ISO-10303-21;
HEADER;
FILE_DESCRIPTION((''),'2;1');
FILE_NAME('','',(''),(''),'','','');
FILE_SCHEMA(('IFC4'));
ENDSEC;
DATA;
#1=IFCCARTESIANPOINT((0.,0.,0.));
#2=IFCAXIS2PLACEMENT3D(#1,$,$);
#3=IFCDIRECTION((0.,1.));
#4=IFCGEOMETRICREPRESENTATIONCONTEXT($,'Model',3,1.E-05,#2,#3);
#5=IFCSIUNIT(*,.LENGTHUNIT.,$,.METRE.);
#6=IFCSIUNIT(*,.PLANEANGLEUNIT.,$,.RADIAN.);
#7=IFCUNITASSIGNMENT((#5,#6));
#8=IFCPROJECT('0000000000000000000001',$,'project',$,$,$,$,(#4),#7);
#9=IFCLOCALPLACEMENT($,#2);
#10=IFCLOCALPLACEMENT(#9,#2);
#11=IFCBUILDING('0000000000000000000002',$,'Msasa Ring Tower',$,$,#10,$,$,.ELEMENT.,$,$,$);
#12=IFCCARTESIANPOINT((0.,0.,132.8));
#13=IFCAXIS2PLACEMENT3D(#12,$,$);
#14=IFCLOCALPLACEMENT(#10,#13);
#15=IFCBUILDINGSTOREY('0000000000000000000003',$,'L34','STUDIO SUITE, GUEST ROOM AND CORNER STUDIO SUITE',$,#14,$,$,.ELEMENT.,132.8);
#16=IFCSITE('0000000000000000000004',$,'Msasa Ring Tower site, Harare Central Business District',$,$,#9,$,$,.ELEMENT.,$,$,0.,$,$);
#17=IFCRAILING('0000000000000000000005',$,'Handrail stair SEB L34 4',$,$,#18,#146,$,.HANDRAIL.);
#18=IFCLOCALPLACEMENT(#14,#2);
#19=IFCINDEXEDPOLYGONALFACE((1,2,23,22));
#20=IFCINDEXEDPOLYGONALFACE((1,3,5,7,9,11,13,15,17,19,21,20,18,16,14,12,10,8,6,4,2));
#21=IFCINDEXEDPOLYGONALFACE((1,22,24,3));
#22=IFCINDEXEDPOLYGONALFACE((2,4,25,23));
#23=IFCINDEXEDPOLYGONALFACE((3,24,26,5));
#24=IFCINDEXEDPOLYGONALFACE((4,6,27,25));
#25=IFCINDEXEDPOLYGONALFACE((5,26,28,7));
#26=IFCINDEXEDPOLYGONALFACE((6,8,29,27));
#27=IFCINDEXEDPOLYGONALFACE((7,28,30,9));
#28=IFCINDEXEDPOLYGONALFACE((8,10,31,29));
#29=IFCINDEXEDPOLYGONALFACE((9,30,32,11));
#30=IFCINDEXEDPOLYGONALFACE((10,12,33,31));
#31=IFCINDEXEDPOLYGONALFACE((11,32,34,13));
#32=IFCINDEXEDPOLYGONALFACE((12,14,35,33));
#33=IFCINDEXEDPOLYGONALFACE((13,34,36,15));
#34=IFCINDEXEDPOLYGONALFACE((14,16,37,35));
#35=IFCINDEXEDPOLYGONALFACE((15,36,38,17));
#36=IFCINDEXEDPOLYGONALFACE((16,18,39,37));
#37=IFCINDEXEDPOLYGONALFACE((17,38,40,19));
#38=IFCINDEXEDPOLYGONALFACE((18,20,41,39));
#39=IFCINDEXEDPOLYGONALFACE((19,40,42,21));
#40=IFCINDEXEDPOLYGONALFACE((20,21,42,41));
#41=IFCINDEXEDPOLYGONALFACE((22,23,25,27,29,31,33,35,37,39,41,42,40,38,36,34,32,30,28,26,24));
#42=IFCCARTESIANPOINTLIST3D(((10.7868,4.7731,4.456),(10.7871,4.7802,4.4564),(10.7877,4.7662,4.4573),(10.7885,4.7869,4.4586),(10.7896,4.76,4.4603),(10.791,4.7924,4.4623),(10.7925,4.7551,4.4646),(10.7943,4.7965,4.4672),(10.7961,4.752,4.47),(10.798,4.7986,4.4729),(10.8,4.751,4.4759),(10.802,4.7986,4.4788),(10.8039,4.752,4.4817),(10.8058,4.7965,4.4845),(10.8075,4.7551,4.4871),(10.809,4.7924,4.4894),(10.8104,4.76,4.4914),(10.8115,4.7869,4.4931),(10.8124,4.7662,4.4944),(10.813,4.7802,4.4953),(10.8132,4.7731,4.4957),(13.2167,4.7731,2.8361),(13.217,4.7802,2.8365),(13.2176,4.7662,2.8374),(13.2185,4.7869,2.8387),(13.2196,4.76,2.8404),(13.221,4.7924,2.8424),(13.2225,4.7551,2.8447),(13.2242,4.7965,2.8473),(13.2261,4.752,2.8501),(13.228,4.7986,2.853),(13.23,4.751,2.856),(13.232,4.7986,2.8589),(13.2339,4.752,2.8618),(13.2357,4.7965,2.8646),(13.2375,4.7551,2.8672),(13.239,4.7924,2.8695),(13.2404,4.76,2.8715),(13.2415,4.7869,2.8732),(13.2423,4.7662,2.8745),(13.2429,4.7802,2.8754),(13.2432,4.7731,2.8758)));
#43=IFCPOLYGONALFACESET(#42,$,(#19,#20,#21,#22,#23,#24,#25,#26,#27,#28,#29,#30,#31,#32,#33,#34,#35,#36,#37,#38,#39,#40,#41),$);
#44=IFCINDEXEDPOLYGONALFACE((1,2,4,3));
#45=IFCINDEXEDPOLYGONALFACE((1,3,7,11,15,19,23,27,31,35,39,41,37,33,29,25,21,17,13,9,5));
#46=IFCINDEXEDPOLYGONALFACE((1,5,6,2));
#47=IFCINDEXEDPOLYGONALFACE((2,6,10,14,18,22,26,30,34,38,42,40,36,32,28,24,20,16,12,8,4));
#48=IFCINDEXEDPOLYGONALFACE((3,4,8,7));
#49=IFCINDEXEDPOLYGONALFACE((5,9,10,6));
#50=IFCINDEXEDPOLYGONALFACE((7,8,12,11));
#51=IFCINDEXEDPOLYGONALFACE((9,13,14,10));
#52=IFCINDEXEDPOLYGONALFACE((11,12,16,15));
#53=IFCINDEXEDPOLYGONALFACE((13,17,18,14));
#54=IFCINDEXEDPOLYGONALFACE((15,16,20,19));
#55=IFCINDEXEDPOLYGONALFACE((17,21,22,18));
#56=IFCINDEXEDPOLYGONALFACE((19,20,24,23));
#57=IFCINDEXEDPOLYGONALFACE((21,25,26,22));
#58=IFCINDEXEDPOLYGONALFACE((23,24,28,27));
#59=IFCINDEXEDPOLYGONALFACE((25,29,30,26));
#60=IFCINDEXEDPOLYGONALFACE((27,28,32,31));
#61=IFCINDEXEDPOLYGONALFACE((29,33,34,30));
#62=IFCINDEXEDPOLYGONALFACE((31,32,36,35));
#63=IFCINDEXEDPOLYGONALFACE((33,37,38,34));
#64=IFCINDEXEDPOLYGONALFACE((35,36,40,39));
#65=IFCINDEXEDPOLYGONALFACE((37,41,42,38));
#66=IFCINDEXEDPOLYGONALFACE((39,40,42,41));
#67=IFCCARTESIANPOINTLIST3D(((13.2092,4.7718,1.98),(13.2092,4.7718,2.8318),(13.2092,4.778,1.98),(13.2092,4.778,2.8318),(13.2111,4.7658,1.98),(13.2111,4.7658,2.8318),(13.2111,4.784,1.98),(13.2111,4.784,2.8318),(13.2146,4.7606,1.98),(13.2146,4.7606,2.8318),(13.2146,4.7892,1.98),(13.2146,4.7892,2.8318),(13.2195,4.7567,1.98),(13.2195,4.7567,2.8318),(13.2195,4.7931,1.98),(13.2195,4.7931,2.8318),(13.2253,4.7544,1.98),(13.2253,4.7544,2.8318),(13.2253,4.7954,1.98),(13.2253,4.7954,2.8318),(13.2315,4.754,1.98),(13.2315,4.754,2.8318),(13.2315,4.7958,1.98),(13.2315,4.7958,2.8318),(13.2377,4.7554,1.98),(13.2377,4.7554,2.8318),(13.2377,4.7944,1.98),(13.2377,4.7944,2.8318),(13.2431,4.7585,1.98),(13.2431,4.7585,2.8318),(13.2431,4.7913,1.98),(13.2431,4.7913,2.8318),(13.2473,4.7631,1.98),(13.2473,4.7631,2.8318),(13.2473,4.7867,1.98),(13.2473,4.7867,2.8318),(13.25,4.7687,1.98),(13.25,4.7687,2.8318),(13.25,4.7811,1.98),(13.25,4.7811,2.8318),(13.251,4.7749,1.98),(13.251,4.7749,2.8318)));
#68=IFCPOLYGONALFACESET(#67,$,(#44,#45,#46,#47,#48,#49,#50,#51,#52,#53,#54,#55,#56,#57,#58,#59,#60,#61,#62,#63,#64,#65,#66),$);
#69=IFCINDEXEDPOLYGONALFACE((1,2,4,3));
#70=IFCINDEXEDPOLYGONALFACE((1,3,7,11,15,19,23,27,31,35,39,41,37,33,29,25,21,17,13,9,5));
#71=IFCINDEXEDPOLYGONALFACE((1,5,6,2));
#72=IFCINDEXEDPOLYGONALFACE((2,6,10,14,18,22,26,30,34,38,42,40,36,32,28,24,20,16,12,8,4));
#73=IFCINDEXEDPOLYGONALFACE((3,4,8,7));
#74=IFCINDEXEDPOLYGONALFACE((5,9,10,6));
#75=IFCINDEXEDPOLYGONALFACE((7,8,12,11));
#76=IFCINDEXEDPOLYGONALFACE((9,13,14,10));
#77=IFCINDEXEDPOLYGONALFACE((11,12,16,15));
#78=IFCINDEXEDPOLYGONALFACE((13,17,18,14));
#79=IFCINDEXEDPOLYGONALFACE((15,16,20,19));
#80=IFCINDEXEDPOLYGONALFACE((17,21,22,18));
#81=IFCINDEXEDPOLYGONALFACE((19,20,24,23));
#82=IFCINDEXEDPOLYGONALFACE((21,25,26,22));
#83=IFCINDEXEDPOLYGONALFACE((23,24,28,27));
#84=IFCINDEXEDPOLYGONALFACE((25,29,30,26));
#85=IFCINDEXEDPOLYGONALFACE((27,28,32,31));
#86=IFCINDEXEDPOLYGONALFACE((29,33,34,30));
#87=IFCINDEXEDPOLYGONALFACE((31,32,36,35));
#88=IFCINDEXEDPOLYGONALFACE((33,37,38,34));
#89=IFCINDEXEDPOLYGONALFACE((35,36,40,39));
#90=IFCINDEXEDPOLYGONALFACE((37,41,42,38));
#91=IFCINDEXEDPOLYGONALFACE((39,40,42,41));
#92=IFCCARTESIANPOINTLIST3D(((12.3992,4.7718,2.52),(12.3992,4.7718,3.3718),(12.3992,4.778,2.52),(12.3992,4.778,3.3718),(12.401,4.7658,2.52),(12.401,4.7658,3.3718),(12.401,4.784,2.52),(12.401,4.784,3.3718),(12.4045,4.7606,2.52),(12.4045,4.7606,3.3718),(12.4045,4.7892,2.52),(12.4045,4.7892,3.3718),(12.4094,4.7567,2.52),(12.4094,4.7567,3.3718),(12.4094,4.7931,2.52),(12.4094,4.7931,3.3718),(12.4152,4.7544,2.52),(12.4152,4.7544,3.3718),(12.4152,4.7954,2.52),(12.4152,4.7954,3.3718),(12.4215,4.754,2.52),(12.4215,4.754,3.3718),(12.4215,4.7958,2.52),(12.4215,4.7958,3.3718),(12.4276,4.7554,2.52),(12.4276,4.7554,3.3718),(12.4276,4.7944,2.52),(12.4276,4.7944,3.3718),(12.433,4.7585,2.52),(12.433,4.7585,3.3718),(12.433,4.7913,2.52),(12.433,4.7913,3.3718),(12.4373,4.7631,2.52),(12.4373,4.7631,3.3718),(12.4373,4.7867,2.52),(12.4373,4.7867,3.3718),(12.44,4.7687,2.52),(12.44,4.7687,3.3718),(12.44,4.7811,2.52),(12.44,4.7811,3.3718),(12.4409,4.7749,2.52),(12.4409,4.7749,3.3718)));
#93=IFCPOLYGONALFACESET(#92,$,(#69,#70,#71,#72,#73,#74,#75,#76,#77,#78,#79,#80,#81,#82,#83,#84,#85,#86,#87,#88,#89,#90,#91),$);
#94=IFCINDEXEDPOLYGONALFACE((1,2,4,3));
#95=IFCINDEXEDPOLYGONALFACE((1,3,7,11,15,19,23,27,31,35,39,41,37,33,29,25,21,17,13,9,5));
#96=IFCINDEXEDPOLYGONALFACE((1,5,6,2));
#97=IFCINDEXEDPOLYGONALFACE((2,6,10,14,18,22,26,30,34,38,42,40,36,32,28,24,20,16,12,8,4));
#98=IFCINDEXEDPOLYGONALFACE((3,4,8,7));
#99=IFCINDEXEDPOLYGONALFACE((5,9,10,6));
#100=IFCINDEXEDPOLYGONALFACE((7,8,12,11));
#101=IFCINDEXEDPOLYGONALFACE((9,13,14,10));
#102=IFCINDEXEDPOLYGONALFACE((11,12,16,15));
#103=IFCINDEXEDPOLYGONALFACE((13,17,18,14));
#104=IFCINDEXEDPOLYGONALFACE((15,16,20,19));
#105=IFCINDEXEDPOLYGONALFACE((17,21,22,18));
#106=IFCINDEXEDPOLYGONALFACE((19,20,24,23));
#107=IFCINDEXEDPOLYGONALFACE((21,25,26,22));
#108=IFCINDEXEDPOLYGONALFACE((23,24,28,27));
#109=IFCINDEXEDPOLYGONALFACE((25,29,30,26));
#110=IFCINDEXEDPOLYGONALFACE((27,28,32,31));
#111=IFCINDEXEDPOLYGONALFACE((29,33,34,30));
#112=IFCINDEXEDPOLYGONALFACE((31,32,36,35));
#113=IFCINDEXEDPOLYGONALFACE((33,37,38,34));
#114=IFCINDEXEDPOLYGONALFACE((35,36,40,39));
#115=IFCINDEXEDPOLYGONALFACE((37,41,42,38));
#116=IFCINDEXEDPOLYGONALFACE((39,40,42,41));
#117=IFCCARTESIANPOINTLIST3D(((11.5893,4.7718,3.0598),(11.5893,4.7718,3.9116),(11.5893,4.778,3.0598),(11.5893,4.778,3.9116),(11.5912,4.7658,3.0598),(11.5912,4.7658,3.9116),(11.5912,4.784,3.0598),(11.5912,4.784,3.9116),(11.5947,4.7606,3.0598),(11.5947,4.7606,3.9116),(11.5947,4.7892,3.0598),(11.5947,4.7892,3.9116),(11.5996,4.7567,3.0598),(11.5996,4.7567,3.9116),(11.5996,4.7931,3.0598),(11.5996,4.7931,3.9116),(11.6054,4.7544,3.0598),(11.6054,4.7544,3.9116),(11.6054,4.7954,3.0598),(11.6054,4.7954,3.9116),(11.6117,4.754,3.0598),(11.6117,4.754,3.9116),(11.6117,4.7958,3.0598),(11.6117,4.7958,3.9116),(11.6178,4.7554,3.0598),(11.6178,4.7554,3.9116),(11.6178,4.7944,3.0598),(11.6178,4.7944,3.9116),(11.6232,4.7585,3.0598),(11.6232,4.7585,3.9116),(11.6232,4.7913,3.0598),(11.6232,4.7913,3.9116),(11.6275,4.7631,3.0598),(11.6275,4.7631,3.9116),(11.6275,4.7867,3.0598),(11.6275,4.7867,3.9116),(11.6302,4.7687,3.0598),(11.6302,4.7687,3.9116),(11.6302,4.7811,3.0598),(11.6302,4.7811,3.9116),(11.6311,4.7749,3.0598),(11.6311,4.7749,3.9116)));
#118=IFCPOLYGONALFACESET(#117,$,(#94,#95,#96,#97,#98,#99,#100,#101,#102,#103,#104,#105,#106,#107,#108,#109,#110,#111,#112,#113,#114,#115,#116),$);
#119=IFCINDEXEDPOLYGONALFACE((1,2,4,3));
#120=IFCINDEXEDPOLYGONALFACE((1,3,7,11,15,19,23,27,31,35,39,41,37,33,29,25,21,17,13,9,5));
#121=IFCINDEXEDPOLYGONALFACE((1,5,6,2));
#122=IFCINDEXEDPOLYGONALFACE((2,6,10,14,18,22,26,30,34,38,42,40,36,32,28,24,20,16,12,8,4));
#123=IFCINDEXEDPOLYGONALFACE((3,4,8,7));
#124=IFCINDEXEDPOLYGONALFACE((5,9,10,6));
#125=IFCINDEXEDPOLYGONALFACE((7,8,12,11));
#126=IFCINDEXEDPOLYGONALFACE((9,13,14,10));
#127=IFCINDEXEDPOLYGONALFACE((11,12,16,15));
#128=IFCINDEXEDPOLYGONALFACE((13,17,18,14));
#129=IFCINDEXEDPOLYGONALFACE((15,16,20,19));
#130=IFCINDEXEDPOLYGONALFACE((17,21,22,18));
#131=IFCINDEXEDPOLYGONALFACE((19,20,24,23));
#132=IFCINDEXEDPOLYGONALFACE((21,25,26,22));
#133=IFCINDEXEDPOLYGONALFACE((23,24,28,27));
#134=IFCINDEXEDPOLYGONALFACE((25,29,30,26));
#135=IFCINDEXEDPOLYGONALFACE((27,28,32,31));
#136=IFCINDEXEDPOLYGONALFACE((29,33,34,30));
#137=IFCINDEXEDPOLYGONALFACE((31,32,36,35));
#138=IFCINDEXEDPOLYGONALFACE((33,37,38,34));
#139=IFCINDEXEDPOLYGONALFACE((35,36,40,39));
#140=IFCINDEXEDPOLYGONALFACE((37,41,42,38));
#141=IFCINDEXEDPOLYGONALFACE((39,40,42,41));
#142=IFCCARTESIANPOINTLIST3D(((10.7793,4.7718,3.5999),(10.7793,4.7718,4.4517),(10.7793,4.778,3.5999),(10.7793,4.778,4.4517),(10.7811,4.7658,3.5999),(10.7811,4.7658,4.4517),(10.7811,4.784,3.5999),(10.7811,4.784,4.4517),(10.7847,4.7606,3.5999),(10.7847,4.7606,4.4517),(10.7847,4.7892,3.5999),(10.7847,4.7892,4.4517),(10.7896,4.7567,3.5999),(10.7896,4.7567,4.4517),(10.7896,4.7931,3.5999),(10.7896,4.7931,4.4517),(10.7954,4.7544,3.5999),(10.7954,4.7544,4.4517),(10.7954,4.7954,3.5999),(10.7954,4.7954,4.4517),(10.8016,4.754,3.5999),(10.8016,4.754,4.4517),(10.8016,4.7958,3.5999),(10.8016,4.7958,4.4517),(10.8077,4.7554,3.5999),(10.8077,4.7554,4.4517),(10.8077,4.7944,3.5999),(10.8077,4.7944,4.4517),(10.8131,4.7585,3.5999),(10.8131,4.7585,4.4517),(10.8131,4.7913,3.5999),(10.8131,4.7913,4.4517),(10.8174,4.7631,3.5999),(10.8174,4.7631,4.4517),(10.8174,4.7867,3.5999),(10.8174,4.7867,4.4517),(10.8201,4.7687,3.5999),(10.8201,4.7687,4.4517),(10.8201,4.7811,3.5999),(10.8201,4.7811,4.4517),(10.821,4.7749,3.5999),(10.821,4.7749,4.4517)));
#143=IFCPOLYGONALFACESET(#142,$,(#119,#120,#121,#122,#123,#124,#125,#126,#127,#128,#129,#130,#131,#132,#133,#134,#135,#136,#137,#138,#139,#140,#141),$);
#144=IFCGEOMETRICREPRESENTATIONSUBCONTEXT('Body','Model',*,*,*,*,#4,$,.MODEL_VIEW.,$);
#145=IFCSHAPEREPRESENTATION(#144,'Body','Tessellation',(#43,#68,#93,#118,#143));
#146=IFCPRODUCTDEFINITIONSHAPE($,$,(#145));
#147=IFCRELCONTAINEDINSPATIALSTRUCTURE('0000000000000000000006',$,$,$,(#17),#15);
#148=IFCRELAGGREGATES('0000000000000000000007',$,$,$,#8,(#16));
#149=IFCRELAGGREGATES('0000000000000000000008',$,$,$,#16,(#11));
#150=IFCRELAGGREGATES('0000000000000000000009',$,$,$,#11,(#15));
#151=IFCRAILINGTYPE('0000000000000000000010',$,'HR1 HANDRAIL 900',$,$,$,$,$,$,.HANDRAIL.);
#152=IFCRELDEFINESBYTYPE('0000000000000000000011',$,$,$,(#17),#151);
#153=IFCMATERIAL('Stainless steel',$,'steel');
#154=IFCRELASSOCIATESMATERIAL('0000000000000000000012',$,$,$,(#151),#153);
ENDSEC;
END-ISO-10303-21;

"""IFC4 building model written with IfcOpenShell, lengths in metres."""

from ifc_helpers import new_model, si_unit, direction, frame, origin, origin_2d, place, context, subcontext, project, spatial, circle, extrude, material, type_object, element, save


model = new_model("IFC4")

# Units and contexts
model_context = context("Model", 3, precision=1e-05, world=origin(), true_north=direction((0.0, 1.0)))
body_context = subcontext(model_context, "Body", "Model", "MODEL_VIEW")
ifc_project = project(units=[si_unit("LENGTHUNIT", "METRE"), si_unit("PLANEANGLEUNIT", "RADIAN")], contexts=[model_context])

# Site, building, storey
site_placement = place(None, origin())
site = spatial("IfcSite", under=ifc_project, at=site_placement, Name="Msasa Ring Tower site, Harare Central Business District", CompositionType="ELEMENT", RefElevation=0.0)
building_placement = place(site_placement, origin())
building = spatial("IfcBuilding", under=site, at=building_placement, Name="Msasa Ring Tower", CompositionType="ELEMENT")
storey_placement = place(building_placement, frame((0.0, 0.0, 132.8)))
storey = spatial("IfcBuildingStorey", under=building, at=storey_placement, Name="L34", Description="STUDIO SUITE, GUEST ROOM AND CORNER STUDIO SUITE", CompositionType="ELEMENT", Elevation=132.8)

# Railing
ifc_material_1 = material(Name="Stainless steel", Category="steel")
railing_type = type_object("IfcRailingType", Name="HR1 HANDRAIL 900", PredefinedType="HANDRAIL", material=ifc_material_1)
for number, where, name in (
    (1, (13.23, 4.7749, 1.98), "Handrail stair SEB L34 4"),
):
    element("IfcRailing", number, at=place(storey_placement, frame(where)), inside=storey, type_object=railing_type, Name=name, PredefinedType="HANDRAIL", context=body_context, shape_type="SweptSolid", body=[
        extrude(circle(Radius=0.0239, at=origin_2d()), frame((0.0, 0.0, 0.876), z_axis=(-0.832063, 0.0, 0.554681), x_axis=(0.0, -1.0, 0.0)), (0.0, 0.0, 1.0), 2.9204),
        extrude(circle(Radius=0.021, at=origin_2d()), origin(), (0.0, 0.0, 1.0), 0.8518),
        extrude(circle(Radius=0.021, at=origin_2d()), frame((-0.8101, 0.0, 0.54)), (0.0, 0.0, 1.0), 0.8518),
        extrude(circle(Radius=0.021, at=origin_2d()), frame((-1.6199, 0.0, 1.0798)), (0.0, 0.0, 1.0), 0.8518),
        extrude(circle(Radius=0.021, at=origin_2d()), frame((-2.4299, 0.0, 1.6199)), (0.0, 0.0, 1.0), 0.8518),
    ])

save(model, "model.ifc")
